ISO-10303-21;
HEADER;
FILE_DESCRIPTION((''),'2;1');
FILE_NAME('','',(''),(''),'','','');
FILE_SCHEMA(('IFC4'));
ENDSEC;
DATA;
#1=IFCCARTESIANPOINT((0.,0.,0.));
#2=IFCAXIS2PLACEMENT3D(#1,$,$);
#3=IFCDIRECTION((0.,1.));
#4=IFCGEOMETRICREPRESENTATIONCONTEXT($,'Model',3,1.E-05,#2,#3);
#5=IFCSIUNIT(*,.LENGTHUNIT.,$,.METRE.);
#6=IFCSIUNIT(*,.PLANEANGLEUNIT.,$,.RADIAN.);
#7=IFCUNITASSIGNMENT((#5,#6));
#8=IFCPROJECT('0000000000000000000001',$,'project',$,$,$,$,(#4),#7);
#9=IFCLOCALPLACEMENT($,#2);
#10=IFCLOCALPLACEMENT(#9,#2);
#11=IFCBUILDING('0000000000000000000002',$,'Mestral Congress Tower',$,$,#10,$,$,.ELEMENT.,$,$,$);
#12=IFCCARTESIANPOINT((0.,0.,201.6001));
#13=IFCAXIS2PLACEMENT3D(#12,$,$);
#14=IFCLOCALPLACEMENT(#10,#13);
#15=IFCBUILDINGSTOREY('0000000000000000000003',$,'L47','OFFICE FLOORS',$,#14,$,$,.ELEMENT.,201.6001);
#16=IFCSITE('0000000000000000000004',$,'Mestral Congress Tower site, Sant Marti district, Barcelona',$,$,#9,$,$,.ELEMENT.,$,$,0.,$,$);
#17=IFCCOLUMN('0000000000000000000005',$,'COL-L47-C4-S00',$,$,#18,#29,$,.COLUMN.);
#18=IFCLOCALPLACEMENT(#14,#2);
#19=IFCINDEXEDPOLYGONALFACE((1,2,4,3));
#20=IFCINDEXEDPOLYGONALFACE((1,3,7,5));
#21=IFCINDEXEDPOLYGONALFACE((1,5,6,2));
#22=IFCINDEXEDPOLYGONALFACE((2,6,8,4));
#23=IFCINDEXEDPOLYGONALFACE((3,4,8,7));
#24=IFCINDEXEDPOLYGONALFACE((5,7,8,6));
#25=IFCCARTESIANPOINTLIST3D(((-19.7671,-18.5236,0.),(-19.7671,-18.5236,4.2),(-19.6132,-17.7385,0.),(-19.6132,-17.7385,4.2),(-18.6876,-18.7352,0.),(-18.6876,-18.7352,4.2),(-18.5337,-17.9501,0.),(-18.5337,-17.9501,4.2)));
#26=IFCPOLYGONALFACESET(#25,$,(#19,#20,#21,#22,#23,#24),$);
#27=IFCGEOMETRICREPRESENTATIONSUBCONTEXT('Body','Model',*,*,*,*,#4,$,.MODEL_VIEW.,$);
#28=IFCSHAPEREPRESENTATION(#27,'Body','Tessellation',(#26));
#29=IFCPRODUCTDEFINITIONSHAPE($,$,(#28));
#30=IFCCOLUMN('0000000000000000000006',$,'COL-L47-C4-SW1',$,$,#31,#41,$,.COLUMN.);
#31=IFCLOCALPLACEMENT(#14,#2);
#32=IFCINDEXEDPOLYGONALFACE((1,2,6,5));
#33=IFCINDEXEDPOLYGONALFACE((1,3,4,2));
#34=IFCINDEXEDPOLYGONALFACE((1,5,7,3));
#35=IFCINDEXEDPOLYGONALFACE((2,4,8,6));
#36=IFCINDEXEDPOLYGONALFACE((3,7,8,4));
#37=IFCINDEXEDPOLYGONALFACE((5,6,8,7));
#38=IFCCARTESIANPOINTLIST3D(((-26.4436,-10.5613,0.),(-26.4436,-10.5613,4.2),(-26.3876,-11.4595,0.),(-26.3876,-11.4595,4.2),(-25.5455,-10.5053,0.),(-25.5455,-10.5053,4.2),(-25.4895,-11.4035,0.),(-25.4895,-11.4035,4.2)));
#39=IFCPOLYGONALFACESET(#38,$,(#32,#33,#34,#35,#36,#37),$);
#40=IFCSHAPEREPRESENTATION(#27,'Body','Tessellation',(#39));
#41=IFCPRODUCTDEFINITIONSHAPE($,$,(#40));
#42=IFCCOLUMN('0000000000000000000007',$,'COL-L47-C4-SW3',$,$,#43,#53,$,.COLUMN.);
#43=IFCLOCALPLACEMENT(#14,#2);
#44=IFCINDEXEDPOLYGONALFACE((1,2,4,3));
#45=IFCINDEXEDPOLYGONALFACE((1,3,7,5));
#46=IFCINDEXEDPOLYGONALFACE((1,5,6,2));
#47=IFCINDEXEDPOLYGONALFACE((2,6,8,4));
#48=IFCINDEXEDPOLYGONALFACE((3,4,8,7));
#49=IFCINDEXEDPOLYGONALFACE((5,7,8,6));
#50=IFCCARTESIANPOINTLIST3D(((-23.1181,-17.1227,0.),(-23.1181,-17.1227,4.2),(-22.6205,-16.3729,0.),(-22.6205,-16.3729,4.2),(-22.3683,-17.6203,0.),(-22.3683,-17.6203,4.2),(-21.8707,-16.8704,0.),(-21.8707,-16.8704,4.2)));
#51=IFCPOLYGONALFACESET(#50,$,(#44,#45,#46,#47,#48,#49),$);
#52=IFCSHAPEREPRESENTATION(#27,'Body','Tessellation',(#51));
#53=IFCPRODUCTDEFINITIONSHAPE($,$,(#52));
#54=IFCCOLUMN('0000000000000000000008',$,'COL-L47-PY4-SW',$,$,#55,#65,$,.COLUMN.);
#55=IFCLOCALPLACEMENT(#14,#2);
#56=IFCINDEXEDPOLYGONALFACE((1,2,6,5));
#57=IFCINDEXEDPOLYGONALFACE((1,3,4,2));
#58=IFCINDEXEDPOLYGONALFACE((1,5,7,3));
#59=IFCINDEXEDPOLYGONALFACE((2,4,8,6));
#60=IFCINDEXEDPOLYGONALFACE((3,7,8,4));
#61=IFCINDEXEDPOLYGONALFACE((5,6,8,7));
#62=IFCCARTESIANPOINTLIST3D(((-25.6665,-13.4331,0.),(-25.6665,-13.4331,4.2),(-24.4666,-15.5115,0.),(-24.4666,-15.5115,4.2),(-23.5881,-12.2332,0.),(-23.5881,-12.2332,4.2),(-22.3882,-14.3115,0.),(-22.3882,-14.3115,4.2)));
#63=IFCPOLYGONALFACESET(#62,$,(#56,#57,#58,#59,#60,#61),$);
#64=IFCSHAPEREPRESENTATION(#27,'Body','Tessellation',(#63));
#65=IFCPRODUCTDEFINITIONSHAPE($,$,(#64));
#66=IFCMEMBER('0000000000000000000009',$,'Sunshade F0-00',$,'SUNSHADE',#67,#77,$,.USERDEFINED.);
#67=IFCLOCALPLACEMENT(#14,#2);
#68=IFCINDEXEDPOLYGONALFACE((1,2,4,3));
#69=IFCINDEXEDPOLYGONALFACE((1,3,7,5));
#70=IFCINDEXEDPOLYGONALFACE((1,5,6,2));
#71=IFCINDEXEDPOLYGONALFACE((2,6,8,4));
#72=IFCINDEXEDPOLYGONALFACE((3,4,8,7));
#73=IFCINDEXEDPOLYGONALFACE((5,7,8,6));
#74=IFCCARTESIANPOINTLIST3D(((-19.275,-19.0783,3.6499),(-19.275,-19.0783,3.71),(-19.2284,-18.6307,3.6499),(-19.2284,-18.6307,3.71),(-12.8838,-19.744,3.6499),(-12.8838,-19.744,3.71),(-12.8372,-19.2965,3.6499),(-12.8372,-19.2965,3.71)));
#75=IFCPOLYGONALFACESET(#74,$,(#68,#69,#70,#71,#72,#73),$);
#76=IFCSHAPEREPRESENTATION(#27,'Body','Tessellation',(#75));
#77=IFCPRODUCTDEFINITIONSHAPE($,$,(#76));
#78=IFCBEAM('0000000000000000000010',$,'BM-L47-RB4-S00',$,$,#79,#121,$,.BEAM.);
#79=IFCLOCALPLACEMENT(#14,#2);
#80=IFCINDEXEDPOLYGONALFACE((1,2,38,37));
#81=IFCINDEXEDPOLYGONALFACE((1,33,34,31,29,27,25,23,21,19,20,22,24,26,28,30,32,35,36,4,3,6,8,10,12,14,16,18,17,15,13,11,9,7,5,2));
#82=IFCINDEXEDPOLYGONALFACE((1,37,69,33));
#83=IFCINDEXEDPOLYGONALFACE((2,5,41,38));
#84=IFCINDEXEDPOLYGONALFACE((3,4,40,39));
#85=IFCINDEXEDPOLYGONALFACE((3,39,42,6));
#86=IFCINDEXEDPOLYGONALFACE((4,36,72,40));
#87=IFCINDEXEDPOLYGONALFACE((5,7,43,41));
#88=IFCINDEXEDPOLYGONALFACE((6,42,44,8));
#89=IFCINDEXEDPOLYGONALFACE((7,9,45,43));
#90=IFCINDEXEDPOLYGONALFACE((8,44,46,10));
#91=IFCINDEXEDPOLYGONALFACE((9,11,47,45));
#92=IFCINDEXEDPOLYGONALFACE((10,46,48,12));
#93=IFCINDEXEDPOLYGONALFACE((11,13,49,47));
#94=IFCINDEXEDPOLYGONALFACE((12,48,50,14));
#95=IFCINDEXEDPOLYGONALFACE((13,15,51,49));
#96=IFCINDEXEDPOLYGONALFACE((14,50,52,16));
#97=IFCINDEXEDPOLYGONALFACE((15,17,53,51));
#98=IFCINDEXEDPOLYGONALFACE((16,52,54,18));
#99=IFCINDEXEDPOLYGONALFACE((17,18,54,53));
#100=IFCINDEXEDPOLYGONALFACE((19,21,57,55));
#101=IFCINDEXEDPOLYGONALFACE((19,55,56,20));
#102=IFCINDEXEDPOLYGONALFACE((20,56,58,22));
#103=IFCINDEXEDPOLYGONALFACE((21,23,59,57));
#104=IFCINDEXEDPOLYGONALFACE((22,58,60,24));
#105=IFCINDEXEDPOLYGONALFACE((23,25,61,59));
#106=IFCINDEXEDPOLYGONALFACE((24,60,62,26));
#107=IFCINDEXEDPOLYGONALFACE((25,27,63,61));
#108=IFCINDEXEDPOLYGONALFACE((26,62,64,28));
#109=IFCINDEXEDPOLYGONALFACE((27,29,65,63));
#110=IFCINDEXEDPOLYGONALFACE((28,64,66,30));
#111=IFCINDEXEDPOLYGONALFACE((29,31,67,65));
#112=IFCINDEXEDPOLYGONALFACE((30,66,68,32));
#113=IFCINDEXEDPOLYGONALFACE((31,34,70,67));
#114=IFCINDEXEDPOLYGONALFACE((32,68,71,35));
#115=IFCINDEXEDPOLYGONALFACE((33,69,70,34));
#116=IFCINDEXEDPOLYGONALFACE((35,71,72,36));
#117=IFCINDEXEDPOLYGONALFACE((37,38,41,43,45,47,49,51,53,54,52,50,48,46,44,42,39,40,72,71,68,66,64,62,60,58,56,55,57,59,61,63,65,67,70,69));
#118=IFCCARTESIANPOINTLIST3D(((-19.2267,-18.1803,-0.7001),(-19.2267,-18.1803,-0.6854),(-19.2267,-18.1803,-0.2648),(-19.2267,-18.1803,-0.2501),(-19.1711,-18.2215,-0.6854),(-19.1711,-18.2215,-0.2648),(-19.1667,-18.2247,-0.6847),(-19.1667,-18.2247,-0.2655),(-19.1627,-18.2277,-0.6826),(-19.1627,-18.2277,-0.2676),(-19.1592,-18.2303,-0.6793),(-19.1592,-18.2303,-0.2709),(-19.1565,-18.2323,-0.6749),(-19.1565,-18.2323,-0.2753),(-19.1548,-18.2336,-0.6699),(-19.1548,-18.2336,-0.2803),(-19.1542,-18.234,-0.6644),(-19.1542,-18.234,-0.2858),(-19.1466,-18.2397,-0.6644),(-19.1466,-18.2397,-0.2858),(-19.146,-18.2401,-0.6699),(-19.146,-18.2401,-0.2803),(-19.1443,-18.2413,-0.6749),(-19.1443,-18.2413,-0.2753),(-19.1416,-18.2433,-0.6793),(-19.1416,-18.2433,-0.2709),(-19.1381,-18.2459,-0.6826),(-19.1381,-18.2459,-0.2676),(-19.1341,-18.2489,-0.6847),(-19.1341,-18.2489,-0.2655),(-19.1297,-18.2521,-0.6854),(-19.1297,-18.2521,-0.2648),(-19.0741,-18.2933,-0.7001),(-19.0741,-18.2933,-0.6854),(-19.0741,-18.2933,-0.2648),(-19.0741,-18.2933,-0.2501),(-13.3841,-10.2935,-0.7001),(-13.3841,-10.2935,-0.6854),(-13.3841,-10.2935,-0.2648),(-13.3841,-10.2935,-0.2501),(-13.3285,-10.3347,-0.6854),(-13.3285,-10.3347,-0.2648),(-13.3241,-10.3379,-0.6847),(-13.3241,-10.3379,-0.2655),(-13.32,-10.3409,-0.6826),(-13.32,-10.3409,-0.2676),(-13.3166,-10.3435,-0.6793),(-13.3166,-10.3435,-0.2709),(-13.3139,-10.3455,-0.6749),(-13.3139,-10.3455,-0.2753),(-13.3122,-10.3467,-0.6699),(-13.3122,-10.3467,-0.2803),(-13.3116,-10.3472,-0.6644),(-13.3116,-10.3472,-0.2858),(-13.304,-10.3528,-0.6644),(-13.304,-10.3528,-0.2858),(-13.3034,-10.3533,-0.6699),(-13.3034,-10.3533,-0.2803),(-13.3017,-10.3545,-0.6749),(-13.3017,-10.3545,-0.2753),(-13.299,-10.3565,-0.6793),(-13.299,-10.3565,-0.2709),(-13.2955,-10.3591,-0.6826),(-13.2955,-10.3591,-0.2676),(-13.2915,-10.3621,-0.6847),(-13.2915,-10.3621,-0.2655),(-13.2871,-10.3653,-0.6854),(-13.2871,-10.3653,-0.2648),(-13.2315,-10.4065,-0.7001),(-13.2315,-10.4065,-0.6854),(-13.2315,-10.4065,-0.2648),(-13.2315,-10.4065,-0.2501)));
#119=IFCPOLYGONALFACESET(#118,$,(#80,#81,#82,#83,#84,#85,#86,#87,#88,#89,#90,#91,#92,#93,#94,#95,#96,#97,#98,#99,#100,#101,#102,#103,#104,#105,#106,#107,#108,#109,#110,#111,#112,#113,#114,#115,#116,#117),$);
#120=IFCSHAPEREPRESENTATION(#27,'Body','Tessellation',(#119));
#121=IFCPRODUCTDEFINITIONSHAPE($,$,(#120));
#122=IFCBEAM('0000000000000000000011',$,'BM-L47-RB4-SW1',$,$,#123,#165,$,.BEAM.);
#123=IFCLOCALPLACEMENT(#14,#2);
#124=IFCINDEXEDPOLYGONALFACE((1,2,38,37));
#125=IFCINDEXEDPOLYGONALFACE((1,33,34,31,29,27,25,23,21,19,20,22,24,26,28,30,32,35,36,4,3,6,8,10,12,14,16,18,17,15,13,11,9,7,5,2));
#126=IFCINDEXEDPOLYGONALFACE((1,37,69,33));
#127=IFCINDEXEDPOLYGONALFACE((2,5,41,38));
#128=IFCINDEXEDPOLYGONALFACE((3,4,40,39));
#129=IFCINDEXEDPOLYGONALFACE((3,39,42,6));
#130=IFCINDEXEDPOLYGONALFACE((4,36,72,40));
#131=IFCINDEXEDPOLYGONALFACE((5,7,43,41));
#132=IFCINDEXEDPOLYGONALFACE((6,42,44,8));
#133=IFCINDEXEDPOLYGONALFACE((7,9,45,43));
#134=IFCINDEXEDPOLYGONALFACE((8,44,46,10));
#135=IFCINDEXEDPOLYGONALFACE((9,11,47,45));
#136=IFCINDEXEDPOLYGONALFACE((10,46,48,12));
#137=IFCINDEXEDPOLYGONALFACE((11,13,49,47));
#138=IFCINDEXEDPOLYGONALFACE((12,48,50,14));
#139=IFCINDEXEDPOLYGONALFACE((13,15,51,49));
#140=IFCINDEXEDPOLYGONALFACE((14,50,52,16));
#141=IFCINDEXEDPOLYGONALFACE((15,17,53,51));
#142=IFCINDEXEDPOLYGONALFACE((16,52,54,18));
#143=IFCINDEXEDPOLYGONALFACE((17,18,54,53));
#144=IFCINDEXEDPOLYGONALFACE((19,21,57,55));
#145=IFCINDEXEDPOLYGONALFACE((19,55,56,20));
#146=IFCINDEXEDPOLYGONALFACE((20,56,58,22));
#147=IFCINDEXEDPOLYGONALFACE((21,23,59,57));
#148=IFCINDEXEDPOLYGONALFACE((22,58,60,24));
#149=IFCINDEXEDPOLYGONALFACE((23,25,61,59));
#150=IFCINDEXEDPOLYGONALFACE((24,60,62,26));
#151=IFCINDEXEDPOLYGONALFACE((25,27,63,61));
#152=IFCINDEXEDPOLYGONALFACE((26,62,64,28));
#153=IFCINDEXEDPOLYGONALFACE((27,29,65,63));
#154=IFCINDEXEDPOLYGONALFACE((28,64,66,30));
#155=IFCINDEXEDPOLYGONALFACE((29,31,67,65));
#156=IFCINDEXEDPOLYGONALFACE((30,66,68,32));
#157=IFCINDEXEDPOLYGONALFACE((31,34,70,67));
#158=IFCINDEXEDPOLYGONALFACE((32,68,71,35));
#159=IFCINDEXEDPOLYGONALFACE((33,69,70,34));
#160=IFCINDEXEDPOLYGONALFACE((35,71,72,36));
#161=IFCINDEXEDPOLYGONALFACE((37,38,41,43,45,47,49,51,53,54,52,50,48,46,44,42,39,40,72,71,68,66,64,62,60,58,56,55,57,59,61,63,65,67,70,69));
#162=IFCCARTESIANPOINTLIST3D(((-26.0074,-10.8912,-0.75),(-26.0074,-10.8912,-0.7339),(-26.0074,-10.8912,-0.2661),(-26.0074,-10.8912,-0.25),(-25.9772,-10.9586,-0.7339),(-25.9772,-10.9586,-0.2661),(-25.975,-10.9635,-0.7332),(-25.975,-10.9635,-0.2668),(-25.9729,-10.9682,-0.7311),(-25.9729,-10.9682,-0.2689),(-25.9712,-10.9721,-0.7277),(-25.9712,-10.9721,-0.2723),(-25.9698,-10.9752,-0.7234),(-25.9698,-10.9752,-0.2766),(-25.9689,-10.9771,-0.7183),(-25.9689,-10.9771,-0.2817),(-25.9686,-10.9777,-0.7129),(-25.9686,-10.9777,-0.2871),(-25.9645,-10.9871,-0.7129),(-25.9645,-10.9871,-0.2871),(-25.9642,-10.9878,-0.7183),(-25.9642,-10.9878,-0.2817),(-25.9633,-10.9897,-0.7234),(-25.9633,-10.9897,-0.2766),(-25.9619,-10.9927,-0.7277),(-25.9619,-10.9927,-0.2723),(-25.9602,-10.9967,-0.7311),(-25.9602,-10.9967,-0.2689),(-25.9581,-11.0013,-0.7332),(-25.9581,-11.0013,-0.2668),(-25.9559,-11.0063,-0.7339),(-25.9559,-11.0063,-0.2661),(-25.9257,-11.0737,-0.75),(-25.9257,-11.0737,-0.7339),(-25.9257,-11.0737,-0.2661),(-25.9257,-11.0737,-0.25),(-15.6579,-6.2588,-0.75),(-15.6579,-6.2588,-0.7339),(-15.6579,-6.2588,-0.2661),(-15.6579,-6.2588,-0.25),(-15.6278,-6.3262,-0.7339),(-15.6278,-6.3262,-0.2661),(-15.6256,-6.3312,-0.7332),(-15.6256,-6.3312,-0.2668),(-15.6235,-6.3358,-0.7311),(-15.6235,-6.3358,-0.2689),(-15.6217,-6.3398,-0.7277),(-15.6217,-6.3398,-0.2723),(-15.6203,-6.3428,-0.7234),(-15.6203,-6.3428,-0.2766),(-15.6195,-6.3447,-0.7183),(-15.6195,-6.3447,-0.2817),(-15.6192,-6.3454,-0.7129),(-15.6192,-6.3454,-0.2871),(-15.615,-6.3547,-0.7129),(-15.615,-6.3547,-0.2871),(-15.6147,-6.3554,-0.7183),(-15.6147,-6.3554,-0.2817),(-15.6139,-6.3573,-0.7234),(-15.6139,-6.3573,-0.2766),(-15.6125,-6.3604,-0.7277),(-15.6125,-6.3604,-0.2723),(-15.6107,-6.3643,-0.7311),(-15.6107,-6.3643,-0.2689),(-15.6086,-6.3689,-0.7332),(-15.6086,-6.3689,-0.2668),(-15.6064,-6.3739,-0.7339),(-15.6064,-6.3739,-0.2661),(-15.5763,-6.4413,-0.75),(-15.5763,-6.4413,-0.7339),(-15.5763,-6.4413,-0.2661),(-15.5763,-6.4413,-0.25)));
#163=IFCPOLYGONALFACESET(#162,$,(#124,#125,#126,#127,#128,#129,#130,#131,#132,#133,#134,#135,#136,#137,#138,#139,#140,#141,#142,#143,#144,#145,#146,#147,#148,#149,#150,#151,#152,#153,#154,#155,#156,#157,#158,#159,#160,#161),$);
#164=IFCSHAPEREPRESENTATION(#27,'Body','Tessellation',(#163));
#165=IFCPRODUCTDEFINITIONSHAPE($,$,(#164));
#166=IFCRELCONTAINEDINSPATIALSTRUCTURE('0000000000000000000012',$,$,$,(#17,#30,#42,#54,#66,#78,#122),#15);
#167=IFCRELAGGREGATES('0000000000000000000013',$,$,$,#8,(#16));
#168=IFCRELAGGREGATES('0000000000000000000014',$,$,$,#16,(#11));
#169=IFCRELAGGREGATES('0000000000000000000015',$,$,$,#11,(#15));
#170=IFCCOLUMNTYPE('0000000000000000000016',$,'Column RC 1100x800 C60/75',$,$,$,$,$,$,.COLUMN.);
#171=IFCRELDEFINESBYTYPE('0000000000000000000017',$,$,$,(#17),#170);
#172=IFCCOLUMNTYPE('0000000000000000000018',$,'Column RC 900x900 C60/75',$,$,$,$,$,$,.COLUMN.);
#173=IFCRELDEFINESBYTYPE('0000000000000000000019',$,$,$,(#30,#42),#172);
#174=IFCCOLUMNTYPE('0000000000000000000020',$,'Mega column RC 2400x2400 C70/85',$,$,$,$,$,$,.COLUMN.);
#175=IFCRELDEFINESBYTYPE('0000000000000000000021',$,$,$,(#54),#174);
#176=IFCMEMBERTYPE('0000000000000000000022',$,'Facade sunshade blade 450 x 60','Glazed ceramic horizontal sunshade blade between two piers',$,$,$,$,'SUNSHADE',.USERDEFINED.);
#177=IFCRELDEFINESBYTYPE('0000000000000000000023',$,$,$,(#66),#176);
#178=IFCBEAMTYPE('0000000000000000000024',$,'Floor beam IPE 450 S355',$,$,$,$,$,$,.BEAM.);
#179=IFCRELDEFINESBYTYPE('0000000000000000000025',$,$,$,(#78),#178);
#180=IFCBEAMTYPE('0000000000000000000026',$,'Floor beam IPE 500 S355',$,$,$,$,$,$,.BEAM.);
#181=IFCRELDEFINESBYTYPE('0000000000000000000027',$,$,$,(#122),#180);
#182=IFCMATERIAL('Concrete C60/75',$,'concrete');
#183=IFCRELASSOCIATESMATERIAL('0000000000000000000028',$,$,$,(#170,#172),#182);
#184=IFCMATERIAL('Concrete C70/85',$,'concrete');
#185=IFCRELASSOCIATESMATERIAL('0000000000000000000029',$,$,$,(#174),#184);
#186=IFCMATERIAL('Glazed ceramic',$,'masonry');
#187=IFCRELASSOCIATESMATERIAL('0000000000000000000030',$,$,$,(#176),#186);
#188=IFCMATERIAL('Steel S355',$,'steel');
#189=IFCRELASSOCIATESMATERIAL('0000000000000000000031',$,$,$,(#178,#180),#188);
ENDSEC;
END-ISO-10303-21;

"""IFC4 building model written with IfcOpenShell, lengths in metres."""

from ifc_helpers import new_model, si_unit, direction, frame, origin, origin_2d, place, context, subcontext, project, spatial, rectangle, i_section, extrude, material, material_profile, profile_set, type_object, element, save


model = new_model("IFC4")

# Units and contexts
model_context = context("Model", 3, precision=1e-05, world=origin(), true_north=direction((0.0, 1.0)))
body_context = subcontext(model_context, "Body", "Model", "MODEL_VIEW")
ifc_project = project(units=[si_unit("LENGTHUNIT", "METRE"), si_unit("PLANEANGLEUNIT", "RADIAN")], contexts=[model_context])

# Site, building, storey
site_placement = place(None, origin())
site = spatial("IfcSite", under=ifc_project, at=site_placement, Name="Mestral Congress Tower site, Sant Marti district, Barcelona", CompositionType="ELEMENT", RefElevation=0.0)
building_placement = place(site_placement, origin())
building = spatial("IfcBuilding", under=site, at=building_placement, Name="Mestral Congress Tower", CompositionType="ELEMENT")
storey_placement = place(building_placement, frame((0.0, 0.0, 201.6001)))
storey = spatial("IfcBuildingStorey", under=building, at=storey_placement, Name="L47", Description="OFFICE FLOORS", CompositionType="ELEMENT", Elevation=201.6001)

# Columns
ifc_material_1 = material(Name="Concrete C60/75", Category="concrete")
ifc_material_profile_1 = material_profile(ifc_material_1, rectangle(XDim=1.1001, YDim=0.8, at=origin_2d()), Name="RC 1100x800")
ifc_profile_set_1 = profile_set([ifc_material_profile_1], Name="Concrete C60/75")
column_type_1 = type_object("IfcColumnType", Name="Column RC 1100x800 C60/75", PredefinedType="COLUMN", material=ifc_profile_set_1)
column_1_placement = place(storey_placement, frame((-19.1504, -18.2368, 0.0), z_axis=(0.0, 0.0, 1.0), x_axis=(0.981325, -0.192359, 0.0)))
element("IfcColumn", 1, at=column_1_placement, inside=storey, type_object=column_type_1, Name="COL-L47-C4-S00", PredefinedType="COLUMN", context=body_context, shape_type="SweptSolid", body=[
    extrude(rectangle(XDim=1.1001, YDim=0.8, at=origin_2d()), origin(), (0.0, 0.0, 1.0), 4.2),
])
ifc_material_profile_2 = material_profile(ifc_material_1, rectangle(XDim=0.8999, YDim=0.8999, at=origin_2d()), Name="RC 900x900")
ifc_profile_set_2 = profile_set([ifc_material_profile_2], Name="Concrete C60/75")
column_type_2 = type_object("IfcColumnType", Name="Column RC 900x900 C60/75", PredefinedType="COLUMN", material=ifc_profile_set_2)
for number, where, z_axis, x_axis, name in (
    (2, (-25.9666, -10.9824, 0.0), (0.0, 0.0, 1.0), (0.062217, -0.998063, 0.0), "COL-L47-C4-SW1"),
    (3, (-22.4944, -16.9966, 0.0), (0.0, 0.0, 1.0), (0.833239, -0.552913, 0.0), "COL-L47-C4-SW3"),
):
    element("IfcColumn", number, at=place(storey_placement, frame(where, z_axis=z_axis, x_axis=x_axis)), inside=storey, type_object=column_type_2, Name=name, PredefinedType="COLUMN", context=body_context, shape_type="SweptSolid", body=[
        extrude(rectangle(XDim=0.8999, YDim=0.8999, at=origin_2d()), origin(), (0.0, 0.0, 1.0), 4.2),
    ])
ifc_material_2 = material(Name="Concrete C70/85", Category="concrete")
ifc_material_profile_3 = material_profile(ifc_material_2, rectangle(XDim=2.3999, YDim=2.3999, at=origin_2d()), Name="RC 2400x2400")
ifc_profile_set_3 = profile_set([ifc_material_profile_3], Name="Concrete C70/85")
column_type_3 = type_object("IfcColumnType", Name="Mega column RC 2400x2400 C70/85", PredefinedType="COLUMN", material=ifc_profile_set_3)
column_2_placement = place(storey_placement, frame((-24.0273, -13.8723, 0.0), z_axis=(0.0, 0.0, 1.0), x_axis=(-0.866025, -0.5, 0.0)))
element("IfcColumn", 4, at=column_2_placement, inside=storey, type_object=column_type_3, Name="COL-L47-PY4-SW", PredefinedType="COLUMN", context=body_context, shape_type="SweptSolid", body=[
    extrude(rectangle(XDim=2.3999, YDim=2.3999, at=origin_2d()), origin(), (0.0, 0.0, 1.0), 4.2),
])

# Member
ifc_material_3 = material(Name="Glazed ceramic", Category="masonry")
ifc_material_profile_4 = material_profile(ifc_material_3, rectangle(XDim=0.45, YDim=0.0601, at=origin_2d()), Name="Ceramic blade 450 x 60")
ifc_profile_set_4 = profile_set([ifc_material_profile_4], Name="Glazed ceramic")
member_type = type_object("IfcMemberType", Name="Facade sunshade blade 450 x 60", Description="Glazed ceramic horizontal sunshade blade between two piers", ElementType="SUNSHADE", PredefinedType="USERDEFINED", material=ifc_profile_set_4)
member_placement = place(storey_placement, frame((-19.2517, -18.8545, 3.6799), z_axis=(0.994618, -0.103611, 0.0), x_axis=(0.103611, 0.994618, 0.0)))
element("IfcMember", 5, at=member_placement, inside=storey, type_object=member_type, Name="Sunshade F0-00", ObjectType="SUNSHADE", PredefinedType="USERDEFINED", context=body_context, shape_type="SweptSolid", body=[
    extrude(rectangle(XDim=0.45, YDim=0.0601, at=origin_2d()), origin(), (0.0, 0.0, 1.0), 6.4258),
])

# Beams
ifc_material_4 = material(Name="Steel S355", Category="steel")
ifc_material_profile_5 = material_profile(ifc_material_4, i_section(OverallWidth=0.1899, OverallDepth=0.45, WebThickness=0.0095, FlangeThickness=0.0146, FilletRadius=0.021, at=origin_2d()), Name="IPE 450")
ifc_profile_set_5 = profile_set([ifc_material_profile_5], Name="Steel S355")
beam_type_1 = type_object("IfcBeamType", Name="Floor beam IPE 450 S355", PredefinedType="BEAM", material=ifc_profile_set_5)
beam_1_placement = place(storey_placement, frame((-19.1504, -18.2368, -0.4751), z_axis=(0.595261, 0.803532, 0.0), x_axis=(-0.803532, 0.595261, 0.0)))
element("IfcBeam", 6, at=beam_1_placement, inside=storey, type_object=beam_type_1, Name="BM-L47-RB4-S00", PredefinedType="BEAM", context=body_context, shape_type="SweptSolid", body=[
    extrude(i_section(OverallWidth=0.1899, OverallDepth=0.45, WebThickness=0.0095, FlangeThickness=0.0146, FilletRadius=0.021, at=origin_2d()), origin(), (0.0, 0.0, 1.0), 9.8152),
])
ifc_material_profile_6 = material_profile(ifc_material_4, i_section(OverallWidth=0.2, OverallDepth=0.5, WebThickness=0.0103, FlangeThickness=0.0161, FilletRadius=0.021, at=origin_2d()), Name="IPE 500")
ifc_profile_set_6 = profile_set([ifc_material_profile_6], Name="Steel S355")
beam_type_2 = type_object("IfcBeamType", Name="Floor beam IPE 500 S355", PredefinedType="BEAM", material=ifc_profile_set_6)
beam_2_placement = place(storey_placement, frame((-25.9666, -10.9824, -0.5), z_axis=(0.912741, 0.408538, 0.0), x_axis=(-0.408538, 0.912741, 0.0)))
element("IfcBeam", 7, at=beam_2_placement, inside=storey, type_object=beam_type_2, Name="BM-L47-RB4-SW1", PredefinedType="BEAM", context=body_context, shape_type="SweptSolid", body=[
    extrude(i_section(OverallWidth=0.2, OverallDepth=0.5, WebThickness=0.0103, FlangeThickness=0.0161, FilletRadius=0.021, at=origin_2d()), origin(), (0.0, 0.0, 1.0), 11.3389),
])

save(model, "model.ifc")
